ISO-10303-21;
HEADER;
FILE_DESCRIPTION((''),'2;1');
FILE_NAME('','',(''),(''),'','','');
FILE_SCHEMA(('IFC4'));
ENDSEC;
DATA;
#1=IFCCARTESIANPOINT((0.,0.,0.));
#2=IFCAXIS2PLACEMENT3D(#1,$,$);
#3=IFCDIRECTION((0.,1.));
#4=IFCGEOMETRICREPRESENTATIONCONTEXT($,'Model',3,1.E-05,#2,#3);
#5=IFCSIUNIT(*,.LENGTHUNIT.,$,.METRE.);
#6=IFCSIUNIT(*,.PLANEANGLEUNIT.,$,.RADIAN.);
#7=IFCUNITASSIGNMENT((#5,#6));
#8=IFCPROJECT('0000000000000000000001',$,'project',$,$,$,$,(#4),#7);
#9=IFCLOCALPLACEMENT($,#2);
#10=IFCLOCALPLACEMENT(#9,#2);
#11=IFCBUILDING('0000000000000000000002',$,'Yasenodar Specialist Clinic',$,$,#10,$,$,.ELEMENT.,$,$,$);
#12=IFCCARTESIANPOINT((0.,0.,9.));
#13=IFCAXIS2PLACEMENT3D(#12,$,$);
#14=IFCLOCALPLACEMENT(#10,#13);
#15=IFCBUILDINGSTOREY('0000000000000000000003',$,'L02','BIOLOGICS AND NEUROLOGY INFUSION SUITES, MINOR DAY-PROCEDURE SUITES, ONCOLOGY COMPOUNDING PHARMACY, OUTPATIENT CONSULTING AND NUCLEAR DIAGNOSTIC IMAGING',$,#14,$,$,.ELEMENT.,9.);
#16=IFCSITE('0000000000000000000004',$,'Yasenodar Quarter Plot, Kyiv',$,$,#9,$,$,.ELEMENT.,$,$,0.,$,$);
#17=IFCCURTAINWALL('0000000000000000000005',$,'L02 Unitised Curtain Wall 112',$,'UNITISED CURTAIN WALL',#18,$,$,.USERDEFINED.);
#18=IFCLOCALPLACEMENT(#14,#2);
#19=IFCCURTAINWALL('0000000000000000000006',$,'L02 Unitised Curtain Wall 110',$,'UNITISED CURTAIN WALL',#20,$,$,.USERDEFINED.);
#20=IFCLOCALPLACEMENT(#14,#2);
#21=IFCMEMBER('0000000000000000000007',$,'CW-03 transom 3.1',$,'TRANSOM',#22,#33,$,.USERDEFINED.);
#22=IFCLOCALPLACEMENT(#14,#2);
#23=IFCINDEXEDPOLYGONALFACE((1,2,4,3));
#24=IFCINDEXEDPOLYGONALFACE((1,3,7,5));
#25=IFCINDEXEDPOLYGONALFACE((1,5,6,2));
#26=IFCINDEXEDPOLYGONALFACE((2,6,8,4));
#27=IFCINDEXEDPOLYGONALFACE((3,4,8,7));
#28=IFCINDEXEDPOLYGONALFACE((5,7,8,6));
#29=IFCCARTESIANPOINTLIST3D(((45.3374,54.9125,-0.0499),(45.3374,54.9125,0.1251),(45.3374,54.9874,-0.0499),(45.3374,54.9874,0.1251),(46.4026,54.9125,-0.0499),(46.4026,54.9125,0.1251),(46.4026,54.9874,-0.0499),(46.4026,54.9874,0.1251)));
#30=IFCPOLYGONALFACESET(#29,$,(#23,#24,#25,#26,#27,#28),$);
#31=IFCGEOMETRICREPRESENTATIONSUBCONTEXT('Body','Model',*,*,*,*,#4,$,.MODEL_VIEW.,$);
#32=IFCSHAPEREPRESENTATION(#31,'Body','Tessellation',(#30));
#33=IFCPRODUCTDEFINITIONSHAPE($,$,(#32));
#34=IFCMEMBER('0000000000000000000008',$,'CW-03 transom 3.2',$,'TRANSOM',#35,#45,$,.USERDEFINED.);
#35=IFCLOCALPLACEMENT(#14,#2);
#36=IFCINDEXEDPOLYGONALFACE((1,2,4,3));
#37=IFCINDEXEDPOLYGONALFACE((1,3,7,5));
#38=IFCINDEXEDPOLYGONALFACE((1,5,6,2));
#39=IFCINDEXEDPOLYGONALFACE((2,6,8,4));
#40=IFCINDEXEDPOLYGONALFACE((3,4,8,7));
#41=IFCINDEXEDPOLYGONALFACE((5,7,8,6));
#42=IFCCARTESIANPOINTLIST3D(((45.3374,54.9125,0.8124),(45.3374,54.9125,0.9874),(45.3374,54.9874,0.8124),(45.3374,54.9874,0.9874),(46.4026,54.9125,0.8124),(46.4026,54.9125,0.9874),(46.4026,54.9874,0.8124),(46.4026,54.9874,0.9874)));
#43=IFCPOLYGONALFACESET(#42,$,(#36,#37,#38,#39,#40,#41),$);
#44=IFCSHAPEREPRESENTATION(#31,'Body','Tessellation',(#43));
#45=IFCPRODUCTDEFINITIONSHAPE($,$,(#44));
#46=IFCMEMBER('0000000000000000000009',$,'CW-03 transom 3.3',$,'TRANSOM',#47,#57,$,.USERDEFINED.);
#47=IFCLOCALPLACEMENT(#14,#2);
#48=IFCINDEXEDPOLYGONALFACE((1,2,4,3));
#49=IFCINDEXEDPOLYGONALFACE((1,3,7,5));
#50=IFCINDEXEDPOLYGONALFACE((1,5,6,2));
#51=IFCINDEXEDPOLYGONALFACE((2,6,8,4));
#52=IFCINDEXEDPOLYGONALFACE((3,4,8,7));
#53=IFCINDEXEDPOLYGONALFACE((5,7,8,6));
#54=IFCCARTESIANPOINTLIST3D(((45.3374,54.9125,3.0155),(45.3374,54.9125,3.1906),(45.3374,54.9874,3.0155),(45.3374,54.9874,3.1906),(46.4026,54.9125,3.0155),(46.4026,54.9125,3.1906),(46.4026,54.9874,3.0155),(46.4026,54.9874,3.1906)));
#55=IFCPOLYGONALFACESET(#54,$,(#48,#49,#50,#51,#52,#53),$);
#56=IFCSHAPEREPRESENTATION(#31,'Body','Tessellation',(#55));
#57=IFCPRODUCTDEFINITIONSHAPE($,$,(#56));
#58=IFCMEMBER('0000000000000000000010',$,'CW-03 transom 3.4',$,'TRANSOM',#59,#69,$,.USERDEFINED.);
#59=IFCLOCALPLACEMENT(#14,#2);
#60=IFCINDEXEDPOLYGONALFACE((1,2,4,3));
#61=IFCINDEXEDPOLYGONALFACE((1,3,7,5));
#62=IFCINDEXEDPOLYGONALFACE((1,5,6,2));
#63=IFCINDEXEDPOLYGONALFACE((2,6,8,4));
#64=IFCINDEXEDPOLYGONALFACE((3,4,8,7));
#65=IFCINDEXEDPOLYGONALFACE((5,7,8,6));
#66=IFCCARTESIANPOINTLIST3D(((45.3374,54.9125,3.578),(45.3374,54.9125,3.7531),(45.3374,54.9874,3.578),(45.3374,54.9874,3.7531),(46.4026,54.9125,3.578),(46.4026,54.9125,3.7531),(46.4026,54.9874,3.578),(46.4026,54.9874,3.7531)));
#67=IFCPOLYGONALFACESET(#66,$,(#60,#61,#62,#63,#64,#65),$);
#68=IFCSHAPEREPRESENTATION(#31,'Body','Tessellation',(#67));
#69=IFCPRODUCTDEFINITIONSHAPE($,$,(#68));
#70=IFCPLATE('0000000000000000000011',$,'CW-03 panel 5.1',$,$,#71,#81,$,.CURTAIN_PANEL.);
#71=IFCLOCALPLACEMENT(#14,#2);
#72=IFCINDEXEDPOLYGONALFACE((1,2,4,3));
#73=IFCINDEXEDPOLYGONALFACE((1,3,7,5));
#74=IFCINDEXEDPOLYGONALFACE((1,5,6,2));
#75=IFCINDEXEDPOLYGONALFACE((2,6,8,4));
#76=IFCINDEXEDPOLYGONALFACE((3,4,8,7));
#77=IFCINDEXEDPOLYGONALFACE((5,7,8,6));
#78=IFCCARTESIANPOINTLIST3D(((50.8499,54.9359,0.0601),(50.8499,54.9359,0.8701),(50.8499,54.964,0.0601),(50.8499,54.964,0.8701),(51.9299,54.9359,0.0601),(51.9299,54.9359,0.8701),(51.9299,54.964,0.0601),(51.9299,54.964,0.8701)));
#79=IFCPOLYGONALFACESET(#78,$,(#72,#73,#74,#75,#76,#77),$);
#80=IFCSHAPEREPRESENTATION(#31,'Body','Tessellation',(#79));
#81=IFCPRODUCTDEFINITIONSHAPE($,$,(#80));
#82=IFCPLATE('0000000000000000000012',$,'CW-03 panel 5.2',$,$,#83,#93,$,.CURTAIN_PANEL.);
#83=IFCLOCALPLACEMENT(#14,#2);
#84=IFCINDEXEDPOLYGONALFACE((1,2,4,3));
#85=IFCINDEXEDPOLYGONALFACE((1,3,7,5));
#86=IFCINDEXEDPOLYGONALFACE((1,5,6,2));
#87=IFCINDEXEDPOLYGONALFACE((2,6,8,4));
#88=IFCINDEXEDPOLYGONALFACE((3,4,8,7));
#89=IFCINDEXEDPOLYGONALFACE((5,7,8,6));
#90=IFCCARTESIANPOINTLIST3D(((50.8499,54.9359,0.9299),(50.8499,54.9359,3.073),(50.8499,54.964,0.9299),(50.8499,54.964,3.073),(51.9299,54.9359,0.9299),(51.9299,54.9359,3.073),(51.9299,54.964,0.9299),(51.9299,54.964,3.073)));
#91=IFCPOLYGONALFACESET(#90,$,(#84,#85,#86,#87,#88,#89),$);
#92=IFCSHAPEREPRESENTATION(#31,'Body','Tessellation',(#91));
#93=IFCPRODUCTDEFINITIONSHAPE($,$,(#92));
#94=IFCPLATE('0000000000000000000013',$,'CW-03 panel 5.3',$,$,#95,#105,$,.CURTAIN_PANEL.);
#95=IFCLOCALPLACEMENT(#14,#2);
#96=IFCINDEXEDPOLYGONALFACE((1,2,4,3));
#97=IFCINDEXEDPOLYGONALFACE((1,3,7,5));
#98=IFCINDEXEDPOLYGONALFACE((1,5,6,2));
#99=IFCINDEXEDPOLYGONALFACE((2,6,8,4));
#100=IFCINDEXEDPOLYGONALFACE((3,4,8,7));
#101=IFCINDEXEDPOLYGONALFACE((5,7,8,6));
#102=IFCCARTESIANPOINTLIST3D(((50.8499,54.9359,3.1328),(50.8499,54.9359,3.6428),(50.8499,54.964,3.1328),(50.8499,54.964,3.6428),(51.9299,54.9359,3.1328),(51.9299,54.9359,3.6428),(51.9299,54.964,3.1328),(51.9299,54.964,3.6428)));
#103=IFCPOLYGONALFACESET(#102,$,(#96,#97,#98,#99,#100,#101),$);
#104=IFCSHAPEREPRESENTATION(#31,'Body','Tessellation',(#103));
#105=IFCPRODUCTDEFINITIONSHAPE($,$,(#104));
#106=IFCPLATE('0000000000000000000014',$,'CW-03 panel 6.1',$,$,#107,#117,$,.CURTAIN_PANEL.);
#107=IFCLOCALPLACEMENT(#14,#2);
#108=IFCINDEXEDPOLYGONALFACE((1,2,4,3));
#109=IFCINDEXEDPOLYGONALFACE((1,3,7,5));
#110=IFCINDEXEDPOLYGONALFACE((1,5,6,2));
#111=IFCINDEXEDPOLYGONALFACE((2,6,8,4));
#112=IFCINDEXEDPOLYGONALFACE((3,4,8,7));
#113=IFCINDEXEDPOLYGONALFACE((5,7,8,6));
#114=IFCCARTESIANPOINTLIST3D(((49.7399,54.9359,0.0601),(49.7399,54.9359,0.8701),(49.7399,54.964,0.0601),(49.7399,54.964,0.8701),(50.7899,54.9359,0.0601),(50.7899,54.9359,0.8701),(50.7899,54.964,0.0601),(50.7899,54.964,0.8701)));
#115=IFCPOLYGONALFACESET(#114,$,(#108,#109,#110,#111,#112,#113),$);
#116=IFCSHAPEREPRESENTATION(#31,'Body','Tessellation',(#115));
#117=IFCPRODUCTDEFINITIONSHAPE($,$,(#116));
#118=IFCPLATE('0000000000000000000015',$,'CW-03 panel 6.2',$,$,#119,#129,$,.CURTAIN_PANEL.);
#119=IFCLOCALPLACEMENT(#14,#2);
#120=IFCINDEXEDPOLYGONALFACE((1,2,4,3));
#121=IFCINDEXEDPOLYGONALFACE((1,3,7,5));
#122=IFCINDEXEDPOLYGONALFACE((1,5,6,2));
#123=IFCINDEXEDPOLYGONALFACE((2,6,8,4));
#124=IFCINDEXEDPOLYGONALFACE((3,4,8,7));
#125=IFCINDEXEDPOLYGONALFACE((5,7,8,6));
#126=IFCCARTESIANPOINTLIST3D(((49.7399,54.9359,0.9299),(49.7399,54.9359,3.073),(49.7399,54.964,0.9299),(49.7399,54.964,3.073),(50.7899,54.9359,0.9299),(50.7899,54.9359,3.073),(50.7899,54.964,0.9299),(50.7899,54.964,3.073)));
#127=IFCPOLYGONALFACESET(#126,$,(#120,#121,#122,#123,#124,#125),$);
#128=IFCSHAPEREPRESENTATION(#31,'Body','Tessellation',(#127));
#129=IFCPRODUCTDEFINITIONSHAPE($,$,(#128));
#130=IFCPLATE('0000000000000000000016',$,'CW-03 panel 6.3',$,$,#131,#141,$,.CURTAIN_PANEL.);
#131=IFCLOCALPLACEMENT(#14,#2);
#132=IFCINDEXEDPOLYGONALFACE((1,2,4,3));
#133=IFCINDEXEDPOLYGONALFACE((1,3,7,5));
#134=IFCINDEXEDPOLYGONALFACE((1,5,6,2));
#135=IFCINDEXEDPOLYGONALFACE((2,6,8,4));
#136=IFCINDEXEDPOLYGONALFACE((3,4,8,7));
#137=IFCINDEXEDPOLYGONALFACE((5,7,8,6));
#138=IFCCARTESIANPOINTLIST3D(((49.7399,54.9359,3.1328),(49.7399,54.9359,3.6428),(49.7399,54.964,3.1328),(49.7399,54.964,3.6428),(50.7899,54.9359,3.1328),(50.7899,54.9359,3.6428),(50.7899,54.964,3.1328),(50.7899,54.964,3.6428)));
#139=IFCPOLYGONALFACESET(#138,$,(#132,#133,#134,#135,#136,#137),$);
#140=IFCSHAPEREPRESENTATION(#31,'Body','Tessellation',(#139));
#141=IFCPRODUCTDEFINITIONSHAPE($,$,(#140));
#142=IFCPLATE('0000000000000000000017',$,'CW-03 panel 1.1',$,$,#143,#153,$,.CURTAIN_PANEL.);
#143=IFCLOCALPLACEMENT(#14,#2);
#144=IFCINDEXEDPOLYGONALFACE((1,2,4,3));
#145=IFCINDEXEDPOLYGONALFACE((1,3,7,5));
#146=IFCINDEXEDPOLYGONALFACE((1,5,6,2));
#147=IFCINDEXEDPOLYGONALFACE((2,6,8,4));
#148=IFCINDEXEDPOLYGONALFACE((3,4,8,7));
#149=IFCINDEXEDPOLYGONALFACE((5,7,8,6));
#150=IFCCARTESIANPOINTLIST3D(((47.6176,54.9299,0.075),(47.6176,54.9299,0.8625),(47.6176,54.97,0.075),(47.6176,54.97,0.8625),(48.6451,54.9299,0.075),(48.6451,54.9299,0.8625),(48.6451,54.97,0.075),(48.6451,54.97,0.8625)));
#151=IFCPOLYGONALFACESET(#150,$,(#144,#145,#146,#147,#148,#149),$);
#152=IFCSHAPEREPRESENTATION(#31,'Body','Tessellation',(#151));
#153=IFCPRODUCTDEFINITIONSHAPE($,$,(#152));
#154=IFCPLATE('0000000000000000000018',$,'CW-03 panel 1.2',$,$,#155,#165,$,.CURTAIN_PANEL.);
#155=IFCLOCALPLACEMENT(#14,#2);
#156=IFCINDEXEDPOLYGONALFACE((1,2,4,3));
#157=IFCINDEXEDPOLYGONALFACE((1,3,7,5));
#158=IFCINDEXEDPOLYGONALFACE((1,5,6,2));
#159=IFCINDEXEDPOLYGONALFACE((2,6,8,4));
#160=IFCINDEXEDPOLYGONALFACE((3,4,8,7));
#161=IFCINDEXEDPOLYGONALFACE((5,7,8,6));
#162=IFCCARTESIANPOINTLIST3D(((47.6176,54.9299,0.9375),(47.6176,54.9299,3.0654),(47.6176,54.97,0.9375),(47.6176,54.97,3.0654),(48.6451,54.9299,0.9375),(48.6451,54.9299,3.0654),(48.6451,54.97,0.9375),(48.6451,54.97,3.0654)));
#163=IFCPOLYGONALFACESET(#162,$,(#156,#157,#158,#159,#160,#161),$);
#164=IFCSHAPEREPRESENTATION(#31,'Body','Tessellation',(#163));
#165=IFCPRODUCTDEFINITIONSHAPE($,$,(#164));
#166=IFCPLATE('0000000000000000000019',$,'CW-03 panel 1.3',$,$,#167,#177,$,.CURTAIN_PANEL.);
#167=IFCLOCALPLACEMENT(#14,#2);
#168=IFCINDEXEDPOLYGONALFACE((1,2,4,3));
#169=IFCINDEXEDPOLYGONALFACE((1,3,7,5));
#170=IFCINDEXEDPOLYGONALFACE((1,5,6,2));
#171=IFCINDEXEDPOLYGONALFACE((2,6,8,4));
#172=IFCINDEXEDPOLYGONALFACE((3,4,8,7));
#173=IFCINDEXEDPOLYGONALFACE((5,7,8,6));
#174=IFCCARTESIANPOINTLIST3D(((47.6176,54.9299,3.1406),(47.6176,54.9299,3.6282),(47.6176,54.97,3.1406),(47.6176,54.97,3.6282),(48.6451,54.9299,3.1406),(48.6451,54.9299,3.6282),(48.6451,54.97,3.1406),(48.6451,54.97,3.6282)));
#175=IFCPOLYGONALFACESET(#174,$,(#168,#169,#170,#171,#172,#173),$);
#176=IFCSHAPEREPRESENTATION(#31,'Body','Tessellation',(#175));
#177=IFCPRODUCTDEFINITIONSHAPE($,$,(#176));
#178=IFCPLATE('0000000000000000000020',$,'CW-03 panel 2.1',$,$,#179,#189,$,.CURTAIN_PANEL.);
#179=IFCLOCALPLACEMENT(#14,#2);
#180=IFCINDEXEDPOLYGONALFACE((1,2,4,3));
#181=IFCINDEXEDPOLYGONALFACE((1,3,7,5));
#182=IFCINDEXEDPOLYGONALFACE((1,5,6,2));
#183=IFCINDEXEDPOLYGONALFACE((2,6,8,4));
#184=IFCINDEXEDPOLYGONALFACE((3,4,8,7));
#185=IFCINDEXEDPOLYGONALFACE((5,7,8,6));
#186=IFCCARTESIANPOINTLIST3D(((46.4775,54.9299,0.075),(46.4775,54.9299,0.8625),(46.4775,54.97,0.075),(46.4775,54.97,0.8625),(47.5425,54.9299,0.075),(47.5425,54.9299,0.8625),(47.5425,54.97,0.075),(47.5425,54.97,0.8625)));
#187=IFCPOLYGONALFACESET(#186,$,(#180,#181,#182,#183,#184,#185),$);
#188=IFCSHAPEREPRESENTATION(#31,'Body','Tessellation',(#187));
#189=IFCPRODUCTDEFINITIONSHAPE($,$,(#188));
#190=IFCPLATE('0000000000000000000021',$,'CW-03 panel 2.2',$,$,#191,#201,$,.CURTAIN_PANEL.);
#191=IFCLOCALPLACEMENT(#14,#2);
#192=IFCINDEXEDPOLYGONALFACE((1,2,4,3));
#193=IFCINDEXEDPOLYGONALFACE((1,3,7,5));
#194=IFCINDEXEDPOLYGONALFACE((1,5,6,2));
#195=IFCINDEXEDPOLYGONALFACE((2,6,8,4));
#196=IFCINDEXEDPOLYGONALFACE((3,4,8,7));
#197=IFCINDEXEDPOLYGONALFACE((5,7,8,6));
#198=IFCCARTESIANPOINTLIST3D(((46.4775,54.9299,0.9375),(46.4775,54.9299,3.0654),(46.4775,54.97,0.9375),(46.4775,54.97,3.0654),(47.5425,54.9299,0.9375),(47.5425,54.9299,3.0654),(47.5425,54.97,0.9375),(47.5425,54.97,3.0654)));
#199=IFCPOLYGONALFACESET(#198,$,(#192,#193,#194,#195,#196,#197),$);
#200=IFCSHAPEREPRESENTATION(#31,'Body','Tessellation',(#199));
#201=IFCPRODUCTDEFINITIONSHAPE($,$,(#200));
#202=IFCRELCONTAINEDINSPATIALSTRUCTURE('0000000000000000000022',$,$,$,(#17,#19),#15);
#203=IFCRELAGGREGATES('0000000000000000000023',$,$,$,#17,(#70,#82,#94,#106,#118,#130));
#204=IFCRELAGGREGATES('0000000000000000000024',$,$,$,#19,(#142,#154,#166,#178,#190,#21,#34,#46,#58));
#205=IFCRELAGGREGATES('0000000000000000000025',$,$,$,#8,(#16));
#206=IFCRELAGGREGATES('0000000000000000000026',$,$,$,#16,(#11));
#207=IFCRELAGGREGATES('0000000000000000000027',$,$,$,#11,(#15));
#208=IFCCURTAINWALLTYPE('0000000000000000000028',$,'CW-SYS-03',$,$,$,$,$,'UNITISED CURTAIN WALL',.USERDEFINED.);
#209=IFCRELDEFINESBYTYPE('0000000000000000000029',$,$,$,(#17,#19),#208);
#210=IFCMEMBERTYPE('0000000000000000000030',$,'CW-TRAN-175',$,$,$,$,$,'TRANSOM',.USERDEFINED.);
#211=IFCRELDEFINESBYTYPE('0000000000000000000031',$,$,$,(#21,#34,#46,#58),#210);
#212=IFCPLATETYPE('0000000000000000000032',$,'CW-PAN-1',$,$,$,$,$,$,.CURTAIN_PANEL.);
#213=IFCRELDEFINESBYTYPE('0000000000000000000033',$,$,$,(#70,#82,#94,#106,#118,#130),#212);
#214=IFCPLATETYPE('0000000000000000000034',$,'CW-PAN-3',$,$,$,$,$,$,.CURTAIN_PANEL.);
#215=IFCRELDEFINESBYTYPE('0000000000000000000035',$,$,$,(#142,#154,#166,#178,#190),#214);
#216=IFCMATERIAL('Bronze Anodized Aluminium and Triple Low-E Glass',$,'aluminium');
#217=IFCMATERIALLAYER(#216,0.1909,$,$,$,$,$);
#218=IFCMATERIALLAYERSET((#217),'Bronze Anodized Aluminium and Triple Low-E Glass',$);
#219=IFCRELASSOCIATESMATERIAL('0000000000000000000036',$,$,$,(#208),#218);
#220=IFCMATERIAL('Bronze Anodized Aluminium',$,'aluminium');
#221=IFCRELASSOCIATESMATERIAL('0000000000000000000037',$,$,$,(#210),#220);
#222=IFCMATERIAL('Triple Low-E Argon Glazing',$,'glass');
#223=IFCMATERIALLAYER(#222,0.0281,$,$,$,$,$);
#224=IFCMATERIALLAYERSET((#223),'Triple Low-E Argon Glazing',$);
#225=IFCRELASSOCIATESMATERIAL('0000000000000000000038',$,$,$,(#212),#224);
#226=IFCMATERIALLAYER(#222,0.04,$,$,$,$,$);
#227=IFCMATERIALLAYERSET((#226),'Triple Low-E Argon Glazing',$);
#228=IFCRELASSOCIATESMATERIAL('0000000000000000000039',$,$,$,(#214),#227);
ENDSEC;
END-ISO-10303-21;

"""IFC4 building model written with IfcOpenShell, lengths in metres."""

from ifc_helpers import new_model, si_unit, direction, frame, origin, origin_2d, place, context, subcontext, project, spatial, rectangle, extrude, material, layer, layer_set, material_profile, profile_set, type_object, element, aggregate, save


model = new_model("IFC4")

# Units and contexts
model_context = context("Model", 3, precision=1e-05, world=origin(), true_north=direction((0.0, 1.0)))
body_context = subcontext(model_context, "Body", "Model", "MODEL_VIEW")
ifc_project = project(units=[si_unit("LENGTHUNIT", "METRE"), si_unit("PLANEANGLEUNIT", "RADIAN")], contexts=[model_context])

# Site, building, storey
site_placement = place(None, origin())
site = spatial("IfcSite", under=ifc_project, at=site_placement, Name="Yasenodar Quarter Plot, Kyiv", CompositionType="ELEMENT", RefElevation=0.0)
building_placement = place(site_placement, origin())
building = spatial("IfcBuilding", under=site, at=building_placement, Name="Yasenodar Specialist Clinic", CompositionType="ELEMENT")
storey_placement = place(building_placement, frame((0.0, 0.0, 9.0)))
storey = spatial("IfcBuildingStorey", under=building, at=storey_placement, Name="L02", Description="BIOLOGICS AND NEUROLOGY INFUSION SUITES, MINOR DAY-PROCEDURE SUITES, ONCOLOGY COMPOUNDING PHARMACY, OUTPATIENT CONSULTING AND NUCLEAR DIAGNOSTIC IMAGING", CompositionType="ELEMENT", Elevation=9.0)

# Curtain walls
ifc_material_1 = material(Name="Bronze Anodized Aluminium and Triple Low-E Glass", Category="aluminium")
ifc_layer_1 = layer(ifc_material_1, 0.1909)
ifc_layer_set_1 = layer_set([ifc_layer_1], Name="Bronze Anodized Aluminium and Triple Low-E Glass")
curtain_wall_type = type_object("IfcCurtainWallType", Name="CW-SYS-03", ElementType="UNITISED CURTAIN WALL", PredefinedType="USERDEFINED", material=ifc_layer_set_1)
curtain_wall_1_placement = place(storey_placement, origin())
curtain_wall_1 = element("IfcCurtainWall", 1, at=curtain_wall_1_placement, inside=storey, type_object=curtain_wall_type, Name="L02 Unitised Curtain Wall 112", ObjectType="UNITISED CURTAIN WALL", PredefinedType="USERDEFINED")
ifc_material_2 = material(Name="Bronze Anodized Aluminium", Category="aluminium")
curtain_wall_2_placement = place(storey_placement, origin())
curtain_wall_2 = element("IfcCurtainWall", 2, at=curtain_wall_2_placement, inside=storey, type_object=curtain_wall_type, Name="L02 Unitised Curtain Wall 110", ObjectType="UNITISED CURTAIN WALL", PredefinedType="USERDEFINED")

# Members
ifc_material_profile_1 = material_profile(ifc_material_2, rectangle(XDim=0.075, YDim=0.175, at=origin_2d()), Name="CW-TRAN 75x175")
ifc_profile_set_1 = profile_set([ifc_material_profile_1], Name="Bronze Anodized Aluminium")
member_type_1 = type_object("IfcMemberType", Name="CW-TRAN-175", ElementType="TRANSOM", PredefinedType="USERDEFINED", material=ifc_profile_set_1)
member_1_placement = place(storey_placement, frame((46.4026, 54.95, 0.0376), z_axis=(-1.0, 0.0, 0.0), x_axis=(0.0, -1.0, 0.0)))
member_1 = element("IfcMember", 3, at=member_1_placement, type_object=member_type_1, Name="CW-03 transom 3.1", ObjectType="TRANSOM", PredefinedType="USERDEFINED", context=body_context, shape_type="SweptSolid", body=[
    extrude(rectangle(XDim=0.075, YDim=0.175, at=origin_2d()), origin(), (0.0, 0.0, 1.0), 1.0652),
])
member_2_placement = place(storey_placement, frame((46.4026, 54.95, 0.8999), z_axis=(-1.0, 0.0, 0.0), x_axis=(0.0, -1.0, 0.0)))
member_2 = element("IfcMember", 4, at=member_2_placement, type_object=member_type_1, Name="CW-03 transom 3.2", ObjectType="TRANSOM", PredefinedType="USERDEFINED", context=body_context, shape_type="SweptSolid", body=[
    extrude(rectangle(XDim=0.075, YDim=0.175, at=origin_2d()), origin(), (0.0, 0.0, 1.0), 1.0652),
])
member_3_placement = place(storey_placement, frame((46.4026, 54.95, 3.103), z_axis=(-1.0, 0.0, 0.0), x_axis=(0.0, -1.0, 0.0)))
member_3 = element("IfcMember", 5, at=member_3_placement, type_object=member_type_1, Name="CW-03 transom 3.3", ObjectType="TRANSOM", PredefinedType="USERDEFINED", context=body_context, shape_type="SweptSolid", body=[
    extrude(rectangle(XDim=0.075, YDim=0.175, at=origin_2d()), origin(), (0.0, 0.0, 1.0), 1.0652),
])
member_4_placement = place(storey_placement, frame((46.4026, 54.95, 3.6655), z_axis=(-1.0, 0.0, 0.0), x_axis=(0.0, -1.0, 0.0)))
member_4 = element("IfcMember", 6, at=member_4_placement, type_object=member_type_1, Name="CW-03 transom 3.4", ObjectType="TRANSOM", PredefinedType="USERDEFINED", context=body_context, shape_type="SweptSolid", body=[
    extrude(rectangle(XDim=0.075, YDim=0.175, at=origin_2d()), origin(), (0.0, 0.0, 1.0), 1.0652),
])

# Plates
ifc_material_3 = material(Name="Triple Low-E Argon Glazing", Category="glass")
ifc_layer_2 = layer(ifc_material_3, 0.0281)
ifc_layer_set_2 = layer_set([ifc_layer_2], Name="Triple Low-E Argon Glazing")
plate_type_1 = type_object("IfcPlateType", Name="CW-PAN-1", PredefinedType="CURTAIN_PANEL", material=ifc_layer_set_2)
plate_1_placement = place(storey_placement, frame((51.3899, 54.95, 0.0601), z_axis=(0.0, 0.0, 1.0), x_axis=(-1.0, 0.0, 0.0)))
plate_1 = element("IfcPlate", 7, at=plate_1_placement, type_object=plate_type_1, Name="CW-03 panel 5.1", PredefinedType="CURTAIN_PANEL", context=body_context, shape_type="SweptSolid", body=[
    extrude(rectangle(XDim=1.0801, YDim=0.0281, at=origin_2d()), origin(), (0.0, 0.0, 1.0), 0.8101),
])
plate_2_placement = place(storey_placement, frame((51.3899, 54.95, 0.9299), z_axis=(0.0, 0.0, 1.0), x_axis=(-1.0, 0.0, 0.0)))
plate_2 = element("IfcPlate", 8, at=plate_2_placement, type_object=plate_type_1, Name="CW-03 panel 5.2", PredefinedType="CURTAIN_PANEL", context=body_context, shape_type="SweptSolid", body=[
    extrude(rectangle(XDim=1.0801, YDim=0.0281, at=origin_2d()), origin(), (0.0, 0.0, 1.0), 2.1431),
])
plate_3_placement = place(storey_placement, frame((51.3899, 54.95, 3.1328), z_axis=(0.0, 0.0, 1.0), x_axis=(-1.0, 0.0, 0.0)))
plate_3 = element("IfcPlate", 9, at=plate_3_placement, type_object=plate_type_1, Name="CW-03 panel 5.3", PredefinedType="CURTAIN_PANEL", context=body_context, shape_type="SweptSolid", body=[
    extrude(rectangle(XDim=1.0801, YDim=0.0281, at=origin_2d()), origin(), (0.0, 0.0, 1.0), 0.51),
])
plate_4_placement = place(storey_placement, frame((50.2649, 54.95, 0.0601), z_axis=(0.0, 0.0, 1.0), x_axis=(-1.0, 0.0, 0.0)))
plate_4 = element("IfcPlate", 10, at=plate_4_placement, type_object=plate_type_1, Name="CW-03 panel 6.1", PredefinedType="CURTAIN_PANEL", context=body_context, shape_type="SweptSolid", body=[
    extrude(rectangle(XDim=1.05, YDim=0.0281, at=origin_2d()), origin(), (0.0, 0.0, 1.0), 0.8101),
])
plate_5_placement = place(storey_placement, frame((50.2649, 54.95, 0.9299), z_axis=(0.0, 0.0, 1.0), x_axis=(-1.0, 0.0, 0.0)))
plate_5 = element("IfcPlate", 11, at=plate_5_placement, type_object=plate_type_1, Name="CW-03 panel 6.2", PredefinedType="CURTAIN_PANEL", context=body_context, shape_type="SweptSolid", body=[
    extrude(rectangle(XDim=1.05, YDim=0.0281, at=origin_2d()), origin(), (0.0, 0.0, 1.0), 2.1431),
])
plate_6_placement = place(storey_placement, frame((50.2649, 54.95, 3.1328), z_axis=(0.0, 0.0, 1.0), x_axis=(-1.0, 0.0, 0.0)))
plate_6 = element("IfcPlate", 12, at=plate_6_placement, type_object=plate_type_1, Name="CW-03 panel 6.3", PredefinedType="CURTAIN_PANEL", context=body_context, shape_type="SweptSolid", body=[
    extrude(rectangle(XDim=1.05, YDim=0.0281, at=origin_2d()), origin(), (0.0, 0.0, 1.0), 0.51),
])
aggregate(curtain_wall_1, [plate_1, plate_2, plate_3, plate_4, plate_5, plate_6])
ifc_layer_3 = layer(ifc_material_3, 0.04)
ifc_layer_set_3 = layer_set([ifc_layer_3], Name="Triple Low-E Argon Glazing")
plate_type_2 = type_object("IfcPlateType", Name="CW-PAN-3", PredefinedType="CURTAIN_PANEL", material=ifc_layer_set_3)
plate_7_placement = place(storey_placement, frame((48.1313, 54.95, 0.075), z_axis=(0.0, 0.0, 1.0), x_axis=(-1.0, 0.0, 0.0)))
plate_7 = element("IfcPlate", 13, at=plate_7_placement, type_object=plate_type_2, Name="CW-03 panel 1.1", PredefinedType="CURTAIN_PANEL", context=body_context, shape_type="SweptSolid", body=[
    extrude(rectangle(XDim=1.0276, YDim=0.04, at=origin_2d()), origin(), (0.0, 0.0, 1.0), 0.7876),
])
plate_8_placement = place(storey_placement, frame((48.1313, 54.95, 0.9375), z_axis=(0.0, 0.0, 1.0), x_axis=(-1.0, 0.0, 0.0)))
plate_8 = element("IfcPlate", 14, at=plate_8_placement, type_object=plate_type_2, Name="CW-03 panel 1.2", PredefinedType="CURTAIN_PANEL", context=body_context, shape_type="SweptSolid", body=[
    extrude(rectangle(XDim=1.0276, YDim=0.04, at=origin_2d()), origin(), (0.0, 0.0, 1.0), 2.1279),
])
plate_9_placement = place(storey_placement, frame((48.1313, 54.95, 3.1406), z_axis=(0.0, 0.0, 1.0), x_axis=(-1.0, 0.0, 0.0)))
plate_9 = element("IfcPlate", 15, at=plate_9_placement, type_object=plate_type_2, Name="CW-03 panel 1.3", PredefinedType="CURTAIN_PANEL", context=body_context, shape_type="SweptSolid", body=[
    extrude(rectangle(XDim=1.0276, YDim=0.04, at=origin_2d()), origin(), (0.0, 0.0, 1.0), 0.4875),
])
plate_10_placement = place(storey_placement, frame((47.01, 54.95, 0.075), z_axis=(0.0, 0.0, 1.0), x_axis=(-1.0, 0.0, 0.0)))
plate_10 = element("IfcPlate", 16, at=plate_10_placement, type_object=plate_type_2, Name="CW-03 panel 2.1", PredefinedType="CURTAIN_PANEL", context=body_context, shape_type="SweptSolid", body=[
    extrude(rectangle(XDim=1.0649, YDim=0.04, at=origin_2d()), origin(), (0.0, 0.0, 1.0), 0.7876),
])
plate_11_placement = place(storey_placement, frame((47.01, 54.95, 0.9375), z_axis=(0.0, 0.0, 1.0), x_axis=(-1.0, 0.0, 0.0)))
plate_11 = element("IfcPlate", 17, at=plate_11_placement, type_object=plate_type_2, Name="CW-03 panel 2.2", PredefinedType="CURTAIN_PANEL", context=body_context, shape_type="SweptSolid", body=[
    extrude(rectangle(XDim=1.0649, YDim=0.04, at=origin_2d()), origin(), (0.0, 0.0, 1.0), 2.1279),
])
aggregate(curtain_wall_2, [plate_7, plate_8, plate_9, plate_10, plate_11, member_1, member_2, member_3, member_4])

save(model, "model.ifc")
